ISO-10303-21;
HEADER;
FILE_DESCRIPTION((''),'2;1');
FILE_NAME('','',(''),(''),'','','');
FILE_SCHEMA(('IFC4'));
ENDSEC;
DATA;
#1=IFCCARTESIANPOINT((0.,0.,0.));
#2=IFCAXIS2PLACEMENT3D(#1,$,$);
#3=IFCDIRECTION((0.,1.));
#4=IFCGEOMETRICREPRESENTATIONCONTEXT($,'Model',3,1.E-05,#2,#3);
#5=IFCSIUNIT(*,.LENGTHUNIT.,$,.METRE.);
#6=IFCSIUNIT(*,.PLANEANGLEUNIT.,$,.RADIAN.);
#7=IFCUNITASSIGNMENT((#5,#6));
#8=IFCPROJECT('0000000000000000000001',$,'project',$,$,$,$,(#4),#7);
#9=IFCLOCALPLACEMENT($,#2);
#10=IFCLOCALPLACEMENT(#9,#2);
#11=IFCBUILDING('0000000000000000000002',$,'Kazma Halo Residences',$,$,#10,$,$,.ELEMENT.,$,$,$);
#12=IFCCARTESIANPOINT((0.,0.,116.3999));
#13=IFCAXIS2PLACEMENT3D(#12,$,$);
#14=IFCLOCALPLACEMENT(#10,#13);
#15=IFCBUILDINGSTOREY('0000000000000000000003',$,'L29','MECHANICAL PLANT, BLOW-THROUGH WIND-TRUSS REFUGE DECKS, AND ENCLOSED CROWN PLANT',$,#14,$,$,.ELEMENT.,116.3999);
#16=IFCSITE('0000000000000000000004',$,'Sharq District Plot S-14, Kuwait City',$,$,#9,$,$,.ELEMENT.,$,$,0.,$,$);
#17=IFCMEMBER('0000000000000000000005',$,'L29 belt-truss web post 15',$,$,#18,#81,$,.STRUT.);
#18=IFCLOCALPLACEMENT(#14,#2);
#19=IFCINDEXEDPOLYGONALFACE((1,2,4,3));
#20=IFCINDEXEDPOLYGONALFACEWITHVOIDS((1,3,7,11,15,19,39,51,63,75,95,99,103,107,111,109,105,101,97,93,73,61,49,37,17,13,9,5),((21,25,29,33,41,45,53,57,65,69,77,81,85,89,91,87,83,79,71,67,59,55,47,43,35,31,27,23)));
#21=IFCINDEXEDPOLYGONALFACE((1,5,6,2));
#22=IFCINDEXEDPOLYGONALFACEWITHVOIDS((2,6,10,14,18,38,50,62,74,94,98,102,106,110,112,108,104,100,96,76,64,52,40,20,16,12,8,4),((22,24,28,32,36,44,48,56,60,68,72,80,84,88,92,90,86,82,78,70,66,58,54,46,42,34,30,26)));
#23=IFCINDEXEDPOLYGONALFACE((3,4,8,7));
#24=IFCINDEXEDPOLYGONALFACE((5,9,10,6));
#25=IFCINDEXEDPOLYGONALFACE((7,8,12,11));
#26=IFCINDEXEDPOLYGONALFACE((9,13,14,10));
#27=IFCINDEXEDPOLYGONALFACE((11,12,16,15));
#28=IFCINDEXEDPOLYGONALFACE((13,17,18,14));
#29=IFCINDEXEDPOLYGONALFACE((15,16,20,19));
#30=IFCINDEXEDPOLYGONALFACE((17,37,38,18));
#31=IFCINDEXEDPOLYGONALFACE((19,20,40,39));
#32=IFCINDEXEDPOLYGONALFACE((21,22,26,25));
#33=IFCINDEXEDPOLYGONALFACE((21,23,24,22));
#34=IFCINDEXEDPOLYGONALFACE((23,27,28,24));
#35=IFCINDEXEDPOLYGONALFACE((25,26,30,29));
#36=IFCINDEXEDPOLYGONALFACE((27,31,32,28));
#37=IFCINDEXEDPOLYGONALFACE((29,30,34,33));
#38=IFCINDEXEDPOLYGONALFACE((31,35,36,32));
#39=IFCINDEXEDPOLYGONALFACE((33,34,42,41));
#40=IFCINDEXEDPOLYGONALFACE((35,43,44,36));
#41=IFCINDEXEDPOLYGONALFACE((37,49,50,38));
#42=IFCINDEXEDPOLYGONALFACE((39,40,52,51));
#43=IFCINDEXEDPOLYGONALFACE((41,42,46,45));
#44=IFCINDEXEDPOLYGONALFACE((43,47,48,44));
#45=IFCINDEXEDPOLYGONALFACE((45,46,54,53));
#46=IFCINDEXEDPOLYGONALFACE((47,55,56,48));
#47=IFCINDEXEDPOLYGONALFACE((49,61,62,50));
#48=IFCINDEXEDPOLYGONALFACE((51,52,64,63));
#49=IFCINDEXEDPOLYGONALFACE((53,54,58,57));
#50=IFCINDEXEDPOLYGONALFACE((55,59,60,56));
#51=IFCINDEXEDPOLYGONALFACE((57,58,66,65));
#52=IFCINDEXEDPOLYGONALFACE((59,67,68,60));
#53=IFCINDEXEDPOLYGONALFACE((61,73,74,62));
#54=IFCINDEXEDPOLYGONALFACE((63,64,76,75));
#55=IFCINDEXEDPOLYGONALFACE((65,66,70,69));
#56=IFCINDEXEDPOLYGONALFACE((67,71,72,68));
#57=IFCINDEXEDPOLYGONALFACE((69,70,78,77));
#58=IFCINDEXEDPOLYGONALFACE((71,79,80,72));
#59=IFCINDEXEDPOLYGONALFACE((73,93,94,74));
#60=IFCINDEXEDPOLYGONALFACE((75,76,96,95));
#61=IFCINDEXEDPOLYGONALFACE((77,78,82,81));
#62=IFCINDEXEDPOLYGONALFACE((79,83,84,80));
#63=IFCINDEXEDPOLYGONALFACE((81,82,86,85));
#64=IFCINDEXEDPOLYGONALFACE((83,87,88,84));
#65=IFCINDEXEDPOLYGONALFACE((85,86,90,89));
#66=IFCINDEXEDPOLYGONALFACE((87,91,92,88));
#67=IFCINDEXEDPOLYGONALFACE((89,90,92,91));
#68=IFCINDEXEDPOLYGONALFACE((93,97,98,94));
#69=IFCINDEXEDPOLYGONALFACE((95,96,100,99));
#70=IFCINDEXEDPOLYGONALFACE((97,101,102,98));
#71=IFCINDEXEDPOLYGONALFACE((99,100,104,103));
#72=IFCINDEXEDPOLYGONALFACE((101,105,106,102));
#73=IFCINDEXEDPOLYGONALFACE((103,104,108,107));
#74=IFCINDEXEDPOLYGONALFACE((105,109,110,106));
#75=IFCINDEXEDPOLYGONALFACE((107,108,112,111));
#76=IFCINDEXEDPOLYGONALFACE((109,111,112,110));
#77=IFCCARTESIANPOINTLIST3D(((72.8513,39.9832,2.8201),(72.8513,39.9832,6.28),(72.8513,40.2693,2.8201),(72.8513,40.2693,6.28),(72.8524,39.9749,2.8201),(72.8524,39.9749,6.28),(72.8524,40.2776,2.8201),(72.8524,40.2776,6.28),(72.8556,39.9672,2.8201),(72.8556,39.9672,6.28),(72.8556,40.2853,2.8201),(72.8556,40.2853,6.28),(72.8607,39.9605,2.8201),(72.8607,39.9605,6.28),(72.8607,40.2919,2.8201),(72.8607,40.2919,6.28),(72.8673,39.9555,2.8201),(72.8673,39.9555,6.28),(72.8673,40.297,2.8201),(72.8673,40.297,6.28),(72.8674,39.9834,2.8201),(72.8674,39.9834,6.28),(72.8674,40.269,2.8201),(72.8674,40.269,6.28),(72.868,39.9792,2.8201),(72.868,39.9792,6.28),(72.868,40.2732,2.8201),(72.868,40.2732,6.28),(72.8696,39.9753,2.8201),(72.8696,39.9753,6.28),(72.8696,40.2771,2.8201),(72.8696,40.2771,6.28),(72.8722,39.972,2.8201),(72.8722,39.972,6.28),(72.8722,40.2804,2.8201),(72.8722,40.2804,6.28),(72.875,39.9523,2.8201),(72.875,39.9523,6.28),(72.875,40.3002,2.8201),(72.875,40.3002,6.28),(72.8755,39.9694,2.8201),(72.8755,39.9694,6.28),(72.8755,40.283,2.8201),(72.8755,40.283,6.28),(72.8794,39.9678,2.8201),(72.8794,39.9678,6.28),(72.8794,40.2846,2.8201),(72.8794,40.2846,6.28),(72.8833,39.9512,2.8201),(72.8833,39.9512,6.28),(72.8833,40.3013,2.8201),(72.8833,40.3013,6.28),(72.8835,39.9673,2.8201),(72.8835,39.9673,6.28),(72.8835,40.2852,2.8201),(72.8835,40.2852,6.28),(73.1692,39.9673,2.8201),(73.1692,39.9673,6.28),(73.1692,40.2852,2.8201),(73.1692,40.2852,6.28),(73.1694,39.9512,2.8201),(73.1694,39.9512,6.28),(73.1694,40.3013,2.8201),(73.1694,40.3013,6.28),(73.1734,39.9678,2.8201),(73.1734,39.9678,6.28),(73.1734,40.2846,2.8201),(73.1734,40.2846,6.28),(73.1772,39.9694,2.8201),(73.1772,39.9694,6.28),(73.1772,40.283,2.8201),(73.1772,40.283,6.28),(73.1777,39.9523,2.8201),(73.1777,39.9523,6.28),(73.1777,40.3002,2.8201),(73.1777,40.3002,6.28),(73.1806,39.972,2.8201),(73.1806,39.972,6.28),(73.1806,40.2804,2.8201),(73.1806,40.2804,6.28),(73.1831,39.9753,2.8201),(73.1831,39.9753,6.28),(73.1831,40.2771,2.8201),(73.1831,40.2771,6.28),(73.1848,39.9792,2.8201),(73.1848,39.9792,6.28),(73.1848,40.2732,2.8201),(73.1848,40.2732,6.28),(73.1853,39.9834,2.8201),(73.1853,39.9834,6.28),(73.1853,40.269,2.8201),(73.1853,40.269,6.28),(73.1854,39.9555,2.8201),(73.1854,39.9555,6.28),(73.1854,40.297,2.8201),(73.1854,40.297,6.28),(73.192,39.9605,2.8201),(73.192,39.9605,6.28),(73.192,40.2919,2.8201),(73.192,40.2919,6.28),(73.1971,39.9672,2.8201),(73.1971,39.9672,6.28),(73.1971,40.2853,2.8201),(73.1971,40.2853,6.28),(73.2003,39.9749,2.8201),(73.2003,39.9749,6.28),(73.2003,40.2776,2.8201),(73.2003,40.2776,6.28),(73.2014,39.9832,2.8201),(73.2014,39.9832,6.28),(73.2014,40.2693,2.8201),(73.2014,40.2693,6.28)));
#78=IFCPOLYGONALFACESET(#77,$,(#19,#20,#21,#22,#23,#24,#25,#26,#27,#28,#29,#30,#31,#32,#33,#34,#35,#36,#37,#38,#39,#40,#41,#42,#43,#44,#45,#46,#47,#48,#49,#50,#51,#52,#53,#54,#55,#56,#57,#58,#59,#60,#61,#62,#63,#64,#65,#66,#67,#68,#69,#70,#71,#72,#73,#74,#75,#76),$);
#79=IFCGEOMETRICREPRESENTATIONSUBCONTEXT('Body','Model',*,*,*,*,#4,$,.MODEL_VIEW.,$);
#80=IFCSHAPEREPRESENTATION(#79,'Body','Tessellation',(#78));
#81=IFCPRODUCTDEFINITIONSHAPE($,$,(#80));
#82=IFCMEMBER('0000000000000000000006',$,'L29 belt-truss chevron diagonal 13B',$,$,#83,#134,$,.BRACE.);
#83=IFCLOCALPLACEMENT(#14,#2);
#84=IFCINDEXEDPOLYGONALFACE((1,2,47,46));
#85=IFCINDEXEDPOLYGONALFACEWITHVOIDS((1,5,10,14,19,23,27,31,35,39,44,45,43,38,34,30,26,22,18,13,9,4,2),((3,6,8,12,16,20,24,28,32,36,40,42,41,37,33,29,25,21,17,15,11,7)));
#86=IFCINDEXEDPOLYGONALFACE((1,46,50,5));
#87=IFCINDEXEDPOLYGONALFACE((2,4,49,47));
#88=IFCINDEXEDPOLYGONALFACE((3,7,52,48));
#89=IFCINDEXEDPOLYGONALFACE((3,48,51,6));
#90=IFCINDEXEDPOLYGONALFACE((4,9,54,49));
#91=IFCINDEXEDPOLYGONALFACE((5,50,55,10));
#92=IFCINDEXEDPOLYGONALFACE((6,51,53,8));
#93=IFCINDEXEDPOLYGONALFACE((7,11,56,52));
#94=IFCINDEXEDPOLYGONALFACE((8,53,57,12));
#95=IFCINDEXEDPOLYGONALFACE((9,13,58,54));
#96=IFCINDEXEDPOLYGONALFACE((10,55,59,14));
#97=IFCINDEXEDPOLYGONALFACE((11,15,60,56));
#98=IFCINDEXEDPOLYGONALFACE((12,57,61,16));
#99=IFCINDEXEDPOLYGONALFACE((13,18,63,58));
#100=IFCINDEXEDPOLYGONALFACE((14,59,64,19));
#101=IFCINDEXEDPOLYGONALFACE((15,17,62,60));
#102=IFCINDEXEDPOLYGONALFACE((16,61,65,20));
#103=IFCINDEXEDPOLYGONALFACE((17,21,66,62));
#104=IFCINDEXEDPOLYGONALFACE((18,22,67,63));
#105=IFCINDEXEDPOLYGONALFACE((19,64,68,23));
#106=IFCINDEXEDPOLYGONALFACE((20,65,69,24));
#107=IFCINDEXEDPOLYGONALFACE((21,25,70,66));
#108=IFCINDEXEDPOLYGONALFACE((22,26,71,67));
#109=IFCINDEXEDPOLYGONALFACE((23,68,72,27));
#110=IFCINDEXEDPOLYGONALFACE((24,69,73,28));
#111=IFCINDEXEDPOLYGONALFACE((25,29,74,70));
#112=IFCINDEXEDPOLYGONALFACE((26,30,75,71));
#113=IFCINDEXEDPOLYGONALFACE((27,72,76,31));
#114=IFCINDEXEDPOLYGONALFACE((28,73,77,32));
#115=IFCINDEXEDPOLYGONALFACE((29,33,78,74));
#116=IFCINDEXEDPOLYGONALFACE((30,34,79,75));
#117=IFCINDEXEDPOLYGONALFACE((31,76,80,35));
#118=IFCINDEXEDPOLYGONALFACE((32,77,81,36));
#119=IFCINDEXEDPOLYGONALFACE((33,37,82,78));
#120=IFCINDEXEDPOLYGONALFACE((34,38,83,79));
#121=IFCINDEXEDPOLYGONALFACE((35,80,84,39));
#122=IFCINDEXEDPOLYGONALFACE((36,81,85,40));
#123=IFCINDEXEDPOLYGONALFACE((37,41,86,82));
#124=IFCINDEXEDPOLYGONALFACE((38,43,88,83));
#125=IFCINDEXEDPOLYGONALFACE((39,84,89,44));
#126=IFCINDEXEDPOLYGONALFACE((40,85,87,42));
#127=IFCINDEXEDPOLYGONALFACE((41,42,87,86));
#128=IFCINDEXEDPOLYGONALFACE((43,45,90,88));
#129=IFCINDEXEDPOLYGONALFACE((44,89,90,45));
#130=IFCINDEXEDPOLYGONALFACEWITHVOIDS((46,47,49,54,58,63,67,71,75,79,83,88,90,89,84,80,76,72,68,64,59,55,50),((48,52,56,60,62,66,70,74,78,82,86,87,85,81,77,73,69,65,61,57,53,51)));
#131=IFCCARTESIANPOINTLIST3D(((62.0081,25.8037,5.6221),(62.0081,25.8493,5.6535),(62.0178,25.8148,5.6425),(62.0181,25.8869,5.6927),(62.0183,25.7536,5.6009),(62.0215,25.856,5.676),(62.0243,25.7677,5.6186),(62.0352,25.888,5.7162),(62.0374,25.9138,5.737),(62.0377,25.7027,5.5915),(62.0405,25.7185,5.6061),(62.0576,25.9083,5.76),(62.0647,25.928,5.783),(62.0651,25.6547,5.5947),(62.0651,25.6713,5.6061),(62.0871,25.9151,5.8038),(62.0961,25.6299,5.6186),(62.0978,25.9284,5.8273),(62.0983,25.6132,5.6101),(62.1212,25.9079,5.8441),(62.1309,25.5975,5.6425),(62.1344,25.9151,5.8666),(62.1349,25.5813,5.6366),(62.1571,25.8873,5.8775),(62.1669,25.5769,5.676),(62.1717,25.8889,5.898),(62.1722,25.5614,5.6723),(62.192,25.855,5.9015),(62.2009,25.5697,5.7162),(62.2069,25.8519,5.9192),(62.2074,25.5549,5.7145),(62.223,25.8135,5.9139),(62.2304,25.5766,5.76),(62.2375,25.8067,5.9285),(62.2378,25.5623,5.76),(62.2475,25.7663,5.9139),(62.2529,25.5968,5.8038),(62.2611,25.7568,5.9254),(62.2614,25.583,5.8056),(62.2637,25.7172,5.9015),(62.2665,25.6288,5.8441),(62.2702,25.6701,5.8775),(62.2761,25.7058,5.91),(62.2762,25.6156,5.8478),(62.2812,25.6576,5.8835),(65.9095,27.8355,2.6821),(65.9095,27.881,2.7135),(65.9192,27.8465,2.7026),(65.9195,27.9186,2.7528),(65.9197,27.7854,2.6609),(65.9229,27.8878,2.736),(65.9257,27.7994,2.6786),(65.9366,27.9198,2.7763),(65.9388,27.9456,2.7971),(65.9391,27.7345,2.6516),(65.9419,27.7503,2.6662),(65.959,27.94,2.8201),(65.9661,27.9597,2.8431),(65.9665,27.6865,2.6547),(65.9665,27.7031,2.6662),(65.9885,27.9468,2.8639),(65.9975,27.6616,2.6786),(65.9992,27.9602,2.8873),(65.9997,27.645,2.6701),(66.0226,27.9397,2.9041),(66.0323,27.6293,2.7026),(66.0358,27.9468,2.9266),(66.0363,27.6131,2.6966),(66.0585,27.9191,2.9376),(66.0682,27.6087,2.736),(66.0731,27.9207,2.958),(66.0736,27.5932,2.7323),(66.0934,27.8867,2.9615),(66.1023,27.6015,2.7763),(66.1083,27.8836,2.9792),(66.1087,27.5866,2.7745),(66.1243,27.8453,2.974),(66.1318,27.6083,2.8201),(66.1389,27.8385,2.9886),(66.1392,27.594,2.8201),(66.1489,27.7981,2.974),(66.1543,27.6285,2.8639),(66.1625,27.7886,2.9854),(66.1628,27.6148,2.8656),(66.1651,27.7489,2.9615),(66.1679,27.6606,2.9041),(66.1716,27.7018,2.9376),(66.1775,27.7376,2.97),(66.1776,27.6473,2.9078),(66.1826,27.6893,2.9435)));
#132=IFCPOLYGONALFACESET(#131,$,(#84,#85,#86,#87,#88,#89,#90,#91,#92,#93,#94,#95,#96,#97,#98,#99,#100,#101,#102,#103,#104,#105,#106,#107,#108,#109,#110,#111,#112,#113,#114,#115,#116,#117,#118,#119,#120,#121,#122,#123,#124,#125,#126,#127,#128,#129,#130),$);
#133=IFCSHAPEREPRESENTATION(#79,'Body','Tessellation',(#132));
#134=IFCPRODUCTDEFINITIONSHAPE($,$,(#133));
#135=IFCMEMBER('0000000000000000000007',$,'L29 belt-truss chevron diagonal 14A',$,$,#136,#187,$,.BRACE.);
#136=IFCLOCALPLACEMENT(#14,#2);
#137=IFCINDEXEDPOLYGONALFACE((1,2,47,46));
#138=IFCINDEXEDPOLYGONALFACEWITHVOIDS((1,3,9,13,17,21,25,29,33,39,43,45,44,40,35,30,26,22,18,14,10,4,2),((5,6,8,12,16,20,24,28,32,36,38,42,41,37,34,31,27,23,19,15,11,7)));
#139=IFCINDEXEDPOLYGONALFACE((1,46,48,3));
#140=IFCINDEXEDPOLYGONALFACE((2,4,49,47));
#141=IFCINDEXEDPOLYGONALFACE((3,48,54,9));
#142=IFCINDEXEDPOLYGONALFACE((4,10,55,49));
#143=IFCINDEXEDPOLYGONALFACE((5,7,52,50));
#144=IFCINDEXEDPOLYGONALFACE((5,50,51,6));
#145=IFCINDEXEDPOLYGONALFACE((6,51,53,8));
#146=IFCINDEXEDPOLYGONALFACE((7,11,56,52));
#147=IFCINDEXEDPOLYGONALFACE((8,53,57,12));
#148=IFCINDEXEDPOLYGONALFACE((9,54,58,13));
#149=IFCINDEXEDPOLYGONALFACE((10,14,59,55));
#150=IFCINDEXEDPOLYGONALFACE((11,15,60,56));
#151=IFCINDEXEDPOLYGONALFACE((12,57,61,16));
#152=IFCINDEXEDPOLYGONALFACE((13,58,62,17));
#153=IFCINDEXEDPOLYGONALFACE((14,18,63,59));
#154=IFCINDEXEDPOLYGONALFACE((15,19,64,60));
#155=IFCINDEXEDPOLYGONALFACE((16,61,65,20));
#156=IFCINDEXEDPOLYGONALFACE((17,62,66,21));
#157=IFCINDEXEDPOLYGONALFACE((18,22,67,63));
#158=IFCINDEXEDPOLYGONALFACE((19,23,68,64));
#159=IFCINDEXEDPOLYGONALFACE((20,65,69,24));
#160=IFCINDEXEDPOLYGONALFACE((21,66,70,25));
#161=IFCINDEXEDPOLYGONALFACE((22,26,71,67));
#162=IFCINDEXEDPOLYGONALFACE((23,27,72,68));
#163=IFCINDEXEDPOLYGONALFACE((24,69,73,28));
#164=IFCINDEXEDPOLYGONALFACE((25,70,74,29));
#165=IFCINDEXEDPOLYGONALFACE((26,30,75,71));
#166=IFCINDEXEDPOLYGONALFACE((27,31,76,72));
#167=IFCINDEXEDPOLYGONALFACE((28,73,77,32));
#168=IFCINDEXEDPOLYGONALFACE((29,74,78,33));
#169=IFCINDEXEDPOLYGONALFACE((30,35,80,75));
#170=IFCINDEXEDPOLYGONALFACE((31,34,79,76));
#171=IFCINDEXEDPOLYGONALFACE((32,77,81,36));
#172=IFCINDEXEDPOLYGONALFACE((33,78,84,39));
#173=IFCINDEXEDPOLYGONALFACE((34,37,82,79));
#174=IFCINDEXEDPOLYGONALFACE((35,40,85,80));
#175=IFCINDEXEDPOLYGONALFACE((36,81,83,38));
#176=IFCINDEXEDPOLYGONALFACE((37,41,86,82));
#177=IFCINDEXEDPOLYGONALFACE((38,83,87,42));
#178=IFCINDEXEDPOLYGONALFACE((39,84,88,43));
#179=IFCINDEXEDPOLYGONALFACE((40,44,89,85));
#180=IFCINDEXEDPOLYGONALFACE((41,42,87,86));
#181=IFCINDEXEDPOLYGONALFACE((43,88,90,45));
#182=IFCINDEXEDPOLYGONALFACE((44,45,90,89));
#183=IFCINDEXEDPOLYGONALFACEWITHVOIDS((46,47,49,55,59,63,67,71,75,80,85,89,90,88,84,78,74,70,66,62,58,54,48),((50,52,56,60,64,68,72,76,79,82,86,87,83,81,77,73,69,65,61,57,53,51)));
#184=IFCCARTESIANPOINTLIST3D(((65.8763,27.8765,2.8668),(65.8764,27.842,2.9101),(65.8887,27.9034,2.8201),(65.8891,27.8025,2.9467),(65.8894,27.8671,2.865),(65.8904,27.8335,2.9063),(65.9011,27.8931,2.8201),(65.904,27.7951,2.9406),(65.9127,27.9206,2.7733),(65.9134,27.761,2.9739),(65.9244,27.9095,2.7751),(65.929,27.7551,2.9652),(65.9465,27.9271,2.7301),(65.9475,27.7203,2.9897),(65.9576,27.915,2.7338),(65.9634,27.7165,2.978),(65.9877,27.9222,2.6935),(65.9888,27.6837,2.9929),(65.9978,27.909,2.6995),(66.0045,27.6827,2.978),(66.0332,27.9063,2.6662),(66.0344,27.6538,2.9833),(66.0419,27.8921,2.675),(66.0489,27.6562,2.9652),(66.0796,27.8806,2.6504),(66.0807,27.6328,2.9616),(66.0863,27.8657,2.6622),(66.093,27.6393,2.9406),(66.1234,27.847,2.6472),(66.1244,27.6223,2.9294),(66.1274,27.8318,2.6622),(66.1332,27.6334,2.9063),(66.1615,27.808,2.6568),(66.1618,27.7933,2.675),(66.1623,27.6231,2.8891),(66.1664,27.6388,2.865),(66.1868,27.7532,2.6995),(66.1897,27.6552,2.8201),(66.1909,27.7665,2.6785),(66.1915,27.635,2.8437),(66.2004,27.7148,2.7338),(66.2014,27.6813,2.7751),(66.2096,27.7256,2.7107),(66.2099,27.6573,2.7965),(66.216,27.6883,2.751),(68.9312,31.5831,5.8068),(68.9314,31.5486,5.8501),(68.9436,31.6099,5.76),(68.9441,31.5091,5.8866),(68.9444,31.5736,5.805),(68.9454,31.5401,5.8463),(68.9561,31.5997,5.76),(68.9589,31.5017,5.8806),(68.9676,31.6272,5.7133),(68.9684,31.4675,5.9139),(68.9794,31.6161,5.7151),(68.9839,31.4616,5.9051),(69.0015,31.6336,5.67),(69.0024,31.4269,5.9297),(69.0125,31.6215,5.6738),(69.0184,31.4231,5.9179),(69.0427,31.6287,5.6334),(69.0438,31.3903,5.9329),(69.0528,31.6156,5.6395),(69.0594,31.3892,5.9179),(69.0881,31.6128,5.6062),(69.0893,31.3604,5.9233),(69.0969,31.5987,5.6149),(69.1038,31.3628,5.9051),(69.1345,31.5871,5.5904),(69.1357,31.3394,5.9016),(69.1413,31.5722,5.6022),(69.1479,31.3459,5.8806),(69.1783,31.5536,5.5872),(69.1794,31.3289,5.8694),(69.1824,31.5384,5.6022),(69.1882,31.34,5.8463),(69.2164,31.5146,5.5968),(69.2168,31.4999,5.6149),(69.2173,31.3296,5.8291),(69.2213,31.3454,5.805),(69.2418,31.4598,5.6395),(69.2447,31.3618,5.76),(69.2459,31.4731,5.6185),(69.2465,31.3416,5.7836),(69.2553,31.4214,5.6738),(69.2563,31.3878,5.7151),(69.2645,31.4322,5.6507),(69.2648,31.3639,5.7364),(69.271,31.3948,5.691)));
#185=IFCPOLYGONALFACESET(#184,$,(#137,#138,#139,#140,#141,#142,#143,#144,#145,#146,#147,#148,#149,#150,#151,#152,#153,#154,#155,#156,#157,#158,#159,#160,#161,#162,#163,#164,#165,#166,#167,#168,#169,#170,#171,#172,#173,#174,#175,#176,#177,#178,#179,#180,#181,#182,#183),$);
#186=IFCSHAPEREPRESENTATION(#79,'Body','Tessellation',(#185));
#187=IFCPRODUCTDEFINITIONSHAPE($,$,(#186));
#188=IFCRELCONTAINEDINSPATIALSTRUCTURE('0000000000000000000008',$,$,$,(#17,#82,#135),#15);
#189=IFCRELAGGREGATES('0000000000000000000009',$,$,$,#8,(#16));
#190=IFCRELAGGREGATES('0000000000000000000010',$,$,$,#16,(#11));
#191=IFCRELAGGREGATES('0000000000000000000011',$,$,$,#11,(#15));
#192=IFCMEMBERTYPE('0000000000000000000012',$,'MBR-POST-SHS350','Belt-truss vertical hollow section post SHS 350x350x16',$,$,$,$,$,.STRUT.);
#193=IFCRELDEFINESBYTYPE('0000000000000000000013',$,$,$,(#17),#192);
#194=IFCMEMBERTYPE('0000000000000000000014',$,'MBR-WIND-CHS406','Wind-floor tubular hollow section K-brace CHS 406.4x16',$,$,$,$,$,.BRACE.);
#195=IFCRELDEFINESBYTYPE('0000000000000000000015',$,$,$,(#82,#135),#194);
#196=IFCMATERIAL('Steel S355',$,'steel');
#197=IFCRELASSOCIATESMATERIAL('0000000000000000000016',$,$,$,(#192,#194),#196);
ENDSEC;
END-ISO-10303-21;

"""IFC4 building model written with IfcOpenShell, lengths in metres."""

from ifc_helpers import new_model, si_unit, direction, frame, origin, origin_2d, place, context, subcontext, project, spatial, hollow_rectangle, hollow_circle, extrude, material, material_profile, profile_set, type_object, element, save


model = new_model("IFC4")

# Units and contexts
model_context = context("Model", 3, precision=1e-05, world=origin(), true_north=direction((0.0, 1.0)))
body_context = subcontext(model_context, "Body", "Model", "MODEL_VIEW")
ifc_project = project(units=[si_unit("LENGTHUNIT", "METRE"), si_unit("PLANEANGLEUNIT", "RADIAN")], contexts=[model_context])

# Site, building, storey
site_placement = place(None, origin())
site = spatial("IfcSite", under=ifc_project, at=site_placement, Name="Sharq District Plot S-14, Kuwait City", CompositionType="ELEMENT", RefElevation=0.0)
building_placement = place(site_placement, origin())
building = spatial("IfcBuilding", under=site, at=building_placement, Name="Kazma Halo Residences", CompositionType="ELEMENT")
storey_placement = place(building_placement, frame((0.0, 0.0, 116.3999)))
storey = spatial("IfcBuildingStorey", under=building, at=storey_placement, Name="L29", Description="MECHANICAL PLANT, BLOW-THROUGH WIND-TRUSS REFUGE DECKS, AND ENCLOSED CROWN PLANT", CompositionType="ELEMENT", Elevation=116.3999)

# Shared definitions
ifc_material_1 = material(Name="Steel S355", Category="steel")

# Members
ifc_material_profile_1 = material_profile(ifc_material_1, hollow_rectangle(XDim=0.3501, YDim=0.3501, WallThickness=0.0161, InnerFilletRadius=0.0161, OuterFilletRadius=0.032, at=origin_2d()), Name="SHS350x350x16")
ifc_profile_set_1 = profile_set([ifc_material_profile_1], Name="Steel S355")
member_type_1 = type_object("IfcMemberType", Name="MBR-POST-SHS350", Description="Belt-truss vertical hollow section post SHS 350x350x16", PredefinedType="STRUT", material=ifc_profile_set_1)
for number, where, z_axis, x_axis, name in (
    (1, (73.0264, 40.1262, 2.8201), (0.0, 0.0, 1.0), (1.0, 0.0, 0.0), "L29 belt-truss web post 15"),
):
    element("IfcMember", number, at=place(storey_placement, frame(where, z_axis=z_axis, x_axis=x_axis)), inside=storey, type_object=member_type_1, Name=name, PredefinedType="STRUT", context=body_context, shape_type="SweptSolid", body=[
        extrude(hollow_rectangle(XDim=0.3501, YDim=0.3501, WallThickness=0.0161, InnerFilletRadius=0.0161, OuterFilletRadius=0.032, at=origin_2d()), origin(), (0.0, 0.0, 1.0), 3.46),
    ])
ifc_material_profile_2 = material_profile(ifc_material_1, hollow_circle(Radius=0.2031, WallThickness=0.0161, at=origin_2d()), Name="CHS406.4x16")
ifc_profile_set_2 = profile_set([ifc_material_profile_2], Name="Steel S355")
member_type_2 = type_object("IfcMemberType", Name="MBR-WIND-CHS406", Description="Wind-floor tubular hollow section K-brace CHS 406.4x16", PredefinedType="BRACE", material=ifc_profile_set_2)
member_1_placement = place(storey_placement, frame((66.0454, 27.7742, 2.8201), z_axis=(-0.737396, -0.384018, 0.555677), x_axis=(0.461894, -0.886935, 0.0)))
element("IfcMember", 2, at=member_1_placement, inside=storey, type_object=member_type_2, Name="L29 belt-truss chevron diagonal 13B", PredefinedType="BRACE", context=body_context, shape_type="SweptSolid", body=[
    extrude(hollow_circle(Radius=0.2031, WallThickness=0.0161, at=origin_2d()), origin(), (0.0, 0.0, 1.0), 5.2908),
])
member_2_placement = place(storey_placement, frame((66.0454, 27.7742, 2.8201), z_axis=(0.542468, 0.658175, 0.522049), x_axis=(-0.771676, 0.636015, 0.0)))
element("IfcMember", 3, at=member_2_placement, inside=storey, type_object=member_type_2, Name="L29 belt-truss chevron diagonal 14A", PredefinedType="BRACE", context=body_context, shape_type="SweptSolid", body=[
    extrude(hollow_circle(Radius=0.2031, WallThickness=0.0161, at=origin_2d()), origin(), (0.0, 0.0, 1.0), 5.6316),
])

save(model, "model.ifc")
